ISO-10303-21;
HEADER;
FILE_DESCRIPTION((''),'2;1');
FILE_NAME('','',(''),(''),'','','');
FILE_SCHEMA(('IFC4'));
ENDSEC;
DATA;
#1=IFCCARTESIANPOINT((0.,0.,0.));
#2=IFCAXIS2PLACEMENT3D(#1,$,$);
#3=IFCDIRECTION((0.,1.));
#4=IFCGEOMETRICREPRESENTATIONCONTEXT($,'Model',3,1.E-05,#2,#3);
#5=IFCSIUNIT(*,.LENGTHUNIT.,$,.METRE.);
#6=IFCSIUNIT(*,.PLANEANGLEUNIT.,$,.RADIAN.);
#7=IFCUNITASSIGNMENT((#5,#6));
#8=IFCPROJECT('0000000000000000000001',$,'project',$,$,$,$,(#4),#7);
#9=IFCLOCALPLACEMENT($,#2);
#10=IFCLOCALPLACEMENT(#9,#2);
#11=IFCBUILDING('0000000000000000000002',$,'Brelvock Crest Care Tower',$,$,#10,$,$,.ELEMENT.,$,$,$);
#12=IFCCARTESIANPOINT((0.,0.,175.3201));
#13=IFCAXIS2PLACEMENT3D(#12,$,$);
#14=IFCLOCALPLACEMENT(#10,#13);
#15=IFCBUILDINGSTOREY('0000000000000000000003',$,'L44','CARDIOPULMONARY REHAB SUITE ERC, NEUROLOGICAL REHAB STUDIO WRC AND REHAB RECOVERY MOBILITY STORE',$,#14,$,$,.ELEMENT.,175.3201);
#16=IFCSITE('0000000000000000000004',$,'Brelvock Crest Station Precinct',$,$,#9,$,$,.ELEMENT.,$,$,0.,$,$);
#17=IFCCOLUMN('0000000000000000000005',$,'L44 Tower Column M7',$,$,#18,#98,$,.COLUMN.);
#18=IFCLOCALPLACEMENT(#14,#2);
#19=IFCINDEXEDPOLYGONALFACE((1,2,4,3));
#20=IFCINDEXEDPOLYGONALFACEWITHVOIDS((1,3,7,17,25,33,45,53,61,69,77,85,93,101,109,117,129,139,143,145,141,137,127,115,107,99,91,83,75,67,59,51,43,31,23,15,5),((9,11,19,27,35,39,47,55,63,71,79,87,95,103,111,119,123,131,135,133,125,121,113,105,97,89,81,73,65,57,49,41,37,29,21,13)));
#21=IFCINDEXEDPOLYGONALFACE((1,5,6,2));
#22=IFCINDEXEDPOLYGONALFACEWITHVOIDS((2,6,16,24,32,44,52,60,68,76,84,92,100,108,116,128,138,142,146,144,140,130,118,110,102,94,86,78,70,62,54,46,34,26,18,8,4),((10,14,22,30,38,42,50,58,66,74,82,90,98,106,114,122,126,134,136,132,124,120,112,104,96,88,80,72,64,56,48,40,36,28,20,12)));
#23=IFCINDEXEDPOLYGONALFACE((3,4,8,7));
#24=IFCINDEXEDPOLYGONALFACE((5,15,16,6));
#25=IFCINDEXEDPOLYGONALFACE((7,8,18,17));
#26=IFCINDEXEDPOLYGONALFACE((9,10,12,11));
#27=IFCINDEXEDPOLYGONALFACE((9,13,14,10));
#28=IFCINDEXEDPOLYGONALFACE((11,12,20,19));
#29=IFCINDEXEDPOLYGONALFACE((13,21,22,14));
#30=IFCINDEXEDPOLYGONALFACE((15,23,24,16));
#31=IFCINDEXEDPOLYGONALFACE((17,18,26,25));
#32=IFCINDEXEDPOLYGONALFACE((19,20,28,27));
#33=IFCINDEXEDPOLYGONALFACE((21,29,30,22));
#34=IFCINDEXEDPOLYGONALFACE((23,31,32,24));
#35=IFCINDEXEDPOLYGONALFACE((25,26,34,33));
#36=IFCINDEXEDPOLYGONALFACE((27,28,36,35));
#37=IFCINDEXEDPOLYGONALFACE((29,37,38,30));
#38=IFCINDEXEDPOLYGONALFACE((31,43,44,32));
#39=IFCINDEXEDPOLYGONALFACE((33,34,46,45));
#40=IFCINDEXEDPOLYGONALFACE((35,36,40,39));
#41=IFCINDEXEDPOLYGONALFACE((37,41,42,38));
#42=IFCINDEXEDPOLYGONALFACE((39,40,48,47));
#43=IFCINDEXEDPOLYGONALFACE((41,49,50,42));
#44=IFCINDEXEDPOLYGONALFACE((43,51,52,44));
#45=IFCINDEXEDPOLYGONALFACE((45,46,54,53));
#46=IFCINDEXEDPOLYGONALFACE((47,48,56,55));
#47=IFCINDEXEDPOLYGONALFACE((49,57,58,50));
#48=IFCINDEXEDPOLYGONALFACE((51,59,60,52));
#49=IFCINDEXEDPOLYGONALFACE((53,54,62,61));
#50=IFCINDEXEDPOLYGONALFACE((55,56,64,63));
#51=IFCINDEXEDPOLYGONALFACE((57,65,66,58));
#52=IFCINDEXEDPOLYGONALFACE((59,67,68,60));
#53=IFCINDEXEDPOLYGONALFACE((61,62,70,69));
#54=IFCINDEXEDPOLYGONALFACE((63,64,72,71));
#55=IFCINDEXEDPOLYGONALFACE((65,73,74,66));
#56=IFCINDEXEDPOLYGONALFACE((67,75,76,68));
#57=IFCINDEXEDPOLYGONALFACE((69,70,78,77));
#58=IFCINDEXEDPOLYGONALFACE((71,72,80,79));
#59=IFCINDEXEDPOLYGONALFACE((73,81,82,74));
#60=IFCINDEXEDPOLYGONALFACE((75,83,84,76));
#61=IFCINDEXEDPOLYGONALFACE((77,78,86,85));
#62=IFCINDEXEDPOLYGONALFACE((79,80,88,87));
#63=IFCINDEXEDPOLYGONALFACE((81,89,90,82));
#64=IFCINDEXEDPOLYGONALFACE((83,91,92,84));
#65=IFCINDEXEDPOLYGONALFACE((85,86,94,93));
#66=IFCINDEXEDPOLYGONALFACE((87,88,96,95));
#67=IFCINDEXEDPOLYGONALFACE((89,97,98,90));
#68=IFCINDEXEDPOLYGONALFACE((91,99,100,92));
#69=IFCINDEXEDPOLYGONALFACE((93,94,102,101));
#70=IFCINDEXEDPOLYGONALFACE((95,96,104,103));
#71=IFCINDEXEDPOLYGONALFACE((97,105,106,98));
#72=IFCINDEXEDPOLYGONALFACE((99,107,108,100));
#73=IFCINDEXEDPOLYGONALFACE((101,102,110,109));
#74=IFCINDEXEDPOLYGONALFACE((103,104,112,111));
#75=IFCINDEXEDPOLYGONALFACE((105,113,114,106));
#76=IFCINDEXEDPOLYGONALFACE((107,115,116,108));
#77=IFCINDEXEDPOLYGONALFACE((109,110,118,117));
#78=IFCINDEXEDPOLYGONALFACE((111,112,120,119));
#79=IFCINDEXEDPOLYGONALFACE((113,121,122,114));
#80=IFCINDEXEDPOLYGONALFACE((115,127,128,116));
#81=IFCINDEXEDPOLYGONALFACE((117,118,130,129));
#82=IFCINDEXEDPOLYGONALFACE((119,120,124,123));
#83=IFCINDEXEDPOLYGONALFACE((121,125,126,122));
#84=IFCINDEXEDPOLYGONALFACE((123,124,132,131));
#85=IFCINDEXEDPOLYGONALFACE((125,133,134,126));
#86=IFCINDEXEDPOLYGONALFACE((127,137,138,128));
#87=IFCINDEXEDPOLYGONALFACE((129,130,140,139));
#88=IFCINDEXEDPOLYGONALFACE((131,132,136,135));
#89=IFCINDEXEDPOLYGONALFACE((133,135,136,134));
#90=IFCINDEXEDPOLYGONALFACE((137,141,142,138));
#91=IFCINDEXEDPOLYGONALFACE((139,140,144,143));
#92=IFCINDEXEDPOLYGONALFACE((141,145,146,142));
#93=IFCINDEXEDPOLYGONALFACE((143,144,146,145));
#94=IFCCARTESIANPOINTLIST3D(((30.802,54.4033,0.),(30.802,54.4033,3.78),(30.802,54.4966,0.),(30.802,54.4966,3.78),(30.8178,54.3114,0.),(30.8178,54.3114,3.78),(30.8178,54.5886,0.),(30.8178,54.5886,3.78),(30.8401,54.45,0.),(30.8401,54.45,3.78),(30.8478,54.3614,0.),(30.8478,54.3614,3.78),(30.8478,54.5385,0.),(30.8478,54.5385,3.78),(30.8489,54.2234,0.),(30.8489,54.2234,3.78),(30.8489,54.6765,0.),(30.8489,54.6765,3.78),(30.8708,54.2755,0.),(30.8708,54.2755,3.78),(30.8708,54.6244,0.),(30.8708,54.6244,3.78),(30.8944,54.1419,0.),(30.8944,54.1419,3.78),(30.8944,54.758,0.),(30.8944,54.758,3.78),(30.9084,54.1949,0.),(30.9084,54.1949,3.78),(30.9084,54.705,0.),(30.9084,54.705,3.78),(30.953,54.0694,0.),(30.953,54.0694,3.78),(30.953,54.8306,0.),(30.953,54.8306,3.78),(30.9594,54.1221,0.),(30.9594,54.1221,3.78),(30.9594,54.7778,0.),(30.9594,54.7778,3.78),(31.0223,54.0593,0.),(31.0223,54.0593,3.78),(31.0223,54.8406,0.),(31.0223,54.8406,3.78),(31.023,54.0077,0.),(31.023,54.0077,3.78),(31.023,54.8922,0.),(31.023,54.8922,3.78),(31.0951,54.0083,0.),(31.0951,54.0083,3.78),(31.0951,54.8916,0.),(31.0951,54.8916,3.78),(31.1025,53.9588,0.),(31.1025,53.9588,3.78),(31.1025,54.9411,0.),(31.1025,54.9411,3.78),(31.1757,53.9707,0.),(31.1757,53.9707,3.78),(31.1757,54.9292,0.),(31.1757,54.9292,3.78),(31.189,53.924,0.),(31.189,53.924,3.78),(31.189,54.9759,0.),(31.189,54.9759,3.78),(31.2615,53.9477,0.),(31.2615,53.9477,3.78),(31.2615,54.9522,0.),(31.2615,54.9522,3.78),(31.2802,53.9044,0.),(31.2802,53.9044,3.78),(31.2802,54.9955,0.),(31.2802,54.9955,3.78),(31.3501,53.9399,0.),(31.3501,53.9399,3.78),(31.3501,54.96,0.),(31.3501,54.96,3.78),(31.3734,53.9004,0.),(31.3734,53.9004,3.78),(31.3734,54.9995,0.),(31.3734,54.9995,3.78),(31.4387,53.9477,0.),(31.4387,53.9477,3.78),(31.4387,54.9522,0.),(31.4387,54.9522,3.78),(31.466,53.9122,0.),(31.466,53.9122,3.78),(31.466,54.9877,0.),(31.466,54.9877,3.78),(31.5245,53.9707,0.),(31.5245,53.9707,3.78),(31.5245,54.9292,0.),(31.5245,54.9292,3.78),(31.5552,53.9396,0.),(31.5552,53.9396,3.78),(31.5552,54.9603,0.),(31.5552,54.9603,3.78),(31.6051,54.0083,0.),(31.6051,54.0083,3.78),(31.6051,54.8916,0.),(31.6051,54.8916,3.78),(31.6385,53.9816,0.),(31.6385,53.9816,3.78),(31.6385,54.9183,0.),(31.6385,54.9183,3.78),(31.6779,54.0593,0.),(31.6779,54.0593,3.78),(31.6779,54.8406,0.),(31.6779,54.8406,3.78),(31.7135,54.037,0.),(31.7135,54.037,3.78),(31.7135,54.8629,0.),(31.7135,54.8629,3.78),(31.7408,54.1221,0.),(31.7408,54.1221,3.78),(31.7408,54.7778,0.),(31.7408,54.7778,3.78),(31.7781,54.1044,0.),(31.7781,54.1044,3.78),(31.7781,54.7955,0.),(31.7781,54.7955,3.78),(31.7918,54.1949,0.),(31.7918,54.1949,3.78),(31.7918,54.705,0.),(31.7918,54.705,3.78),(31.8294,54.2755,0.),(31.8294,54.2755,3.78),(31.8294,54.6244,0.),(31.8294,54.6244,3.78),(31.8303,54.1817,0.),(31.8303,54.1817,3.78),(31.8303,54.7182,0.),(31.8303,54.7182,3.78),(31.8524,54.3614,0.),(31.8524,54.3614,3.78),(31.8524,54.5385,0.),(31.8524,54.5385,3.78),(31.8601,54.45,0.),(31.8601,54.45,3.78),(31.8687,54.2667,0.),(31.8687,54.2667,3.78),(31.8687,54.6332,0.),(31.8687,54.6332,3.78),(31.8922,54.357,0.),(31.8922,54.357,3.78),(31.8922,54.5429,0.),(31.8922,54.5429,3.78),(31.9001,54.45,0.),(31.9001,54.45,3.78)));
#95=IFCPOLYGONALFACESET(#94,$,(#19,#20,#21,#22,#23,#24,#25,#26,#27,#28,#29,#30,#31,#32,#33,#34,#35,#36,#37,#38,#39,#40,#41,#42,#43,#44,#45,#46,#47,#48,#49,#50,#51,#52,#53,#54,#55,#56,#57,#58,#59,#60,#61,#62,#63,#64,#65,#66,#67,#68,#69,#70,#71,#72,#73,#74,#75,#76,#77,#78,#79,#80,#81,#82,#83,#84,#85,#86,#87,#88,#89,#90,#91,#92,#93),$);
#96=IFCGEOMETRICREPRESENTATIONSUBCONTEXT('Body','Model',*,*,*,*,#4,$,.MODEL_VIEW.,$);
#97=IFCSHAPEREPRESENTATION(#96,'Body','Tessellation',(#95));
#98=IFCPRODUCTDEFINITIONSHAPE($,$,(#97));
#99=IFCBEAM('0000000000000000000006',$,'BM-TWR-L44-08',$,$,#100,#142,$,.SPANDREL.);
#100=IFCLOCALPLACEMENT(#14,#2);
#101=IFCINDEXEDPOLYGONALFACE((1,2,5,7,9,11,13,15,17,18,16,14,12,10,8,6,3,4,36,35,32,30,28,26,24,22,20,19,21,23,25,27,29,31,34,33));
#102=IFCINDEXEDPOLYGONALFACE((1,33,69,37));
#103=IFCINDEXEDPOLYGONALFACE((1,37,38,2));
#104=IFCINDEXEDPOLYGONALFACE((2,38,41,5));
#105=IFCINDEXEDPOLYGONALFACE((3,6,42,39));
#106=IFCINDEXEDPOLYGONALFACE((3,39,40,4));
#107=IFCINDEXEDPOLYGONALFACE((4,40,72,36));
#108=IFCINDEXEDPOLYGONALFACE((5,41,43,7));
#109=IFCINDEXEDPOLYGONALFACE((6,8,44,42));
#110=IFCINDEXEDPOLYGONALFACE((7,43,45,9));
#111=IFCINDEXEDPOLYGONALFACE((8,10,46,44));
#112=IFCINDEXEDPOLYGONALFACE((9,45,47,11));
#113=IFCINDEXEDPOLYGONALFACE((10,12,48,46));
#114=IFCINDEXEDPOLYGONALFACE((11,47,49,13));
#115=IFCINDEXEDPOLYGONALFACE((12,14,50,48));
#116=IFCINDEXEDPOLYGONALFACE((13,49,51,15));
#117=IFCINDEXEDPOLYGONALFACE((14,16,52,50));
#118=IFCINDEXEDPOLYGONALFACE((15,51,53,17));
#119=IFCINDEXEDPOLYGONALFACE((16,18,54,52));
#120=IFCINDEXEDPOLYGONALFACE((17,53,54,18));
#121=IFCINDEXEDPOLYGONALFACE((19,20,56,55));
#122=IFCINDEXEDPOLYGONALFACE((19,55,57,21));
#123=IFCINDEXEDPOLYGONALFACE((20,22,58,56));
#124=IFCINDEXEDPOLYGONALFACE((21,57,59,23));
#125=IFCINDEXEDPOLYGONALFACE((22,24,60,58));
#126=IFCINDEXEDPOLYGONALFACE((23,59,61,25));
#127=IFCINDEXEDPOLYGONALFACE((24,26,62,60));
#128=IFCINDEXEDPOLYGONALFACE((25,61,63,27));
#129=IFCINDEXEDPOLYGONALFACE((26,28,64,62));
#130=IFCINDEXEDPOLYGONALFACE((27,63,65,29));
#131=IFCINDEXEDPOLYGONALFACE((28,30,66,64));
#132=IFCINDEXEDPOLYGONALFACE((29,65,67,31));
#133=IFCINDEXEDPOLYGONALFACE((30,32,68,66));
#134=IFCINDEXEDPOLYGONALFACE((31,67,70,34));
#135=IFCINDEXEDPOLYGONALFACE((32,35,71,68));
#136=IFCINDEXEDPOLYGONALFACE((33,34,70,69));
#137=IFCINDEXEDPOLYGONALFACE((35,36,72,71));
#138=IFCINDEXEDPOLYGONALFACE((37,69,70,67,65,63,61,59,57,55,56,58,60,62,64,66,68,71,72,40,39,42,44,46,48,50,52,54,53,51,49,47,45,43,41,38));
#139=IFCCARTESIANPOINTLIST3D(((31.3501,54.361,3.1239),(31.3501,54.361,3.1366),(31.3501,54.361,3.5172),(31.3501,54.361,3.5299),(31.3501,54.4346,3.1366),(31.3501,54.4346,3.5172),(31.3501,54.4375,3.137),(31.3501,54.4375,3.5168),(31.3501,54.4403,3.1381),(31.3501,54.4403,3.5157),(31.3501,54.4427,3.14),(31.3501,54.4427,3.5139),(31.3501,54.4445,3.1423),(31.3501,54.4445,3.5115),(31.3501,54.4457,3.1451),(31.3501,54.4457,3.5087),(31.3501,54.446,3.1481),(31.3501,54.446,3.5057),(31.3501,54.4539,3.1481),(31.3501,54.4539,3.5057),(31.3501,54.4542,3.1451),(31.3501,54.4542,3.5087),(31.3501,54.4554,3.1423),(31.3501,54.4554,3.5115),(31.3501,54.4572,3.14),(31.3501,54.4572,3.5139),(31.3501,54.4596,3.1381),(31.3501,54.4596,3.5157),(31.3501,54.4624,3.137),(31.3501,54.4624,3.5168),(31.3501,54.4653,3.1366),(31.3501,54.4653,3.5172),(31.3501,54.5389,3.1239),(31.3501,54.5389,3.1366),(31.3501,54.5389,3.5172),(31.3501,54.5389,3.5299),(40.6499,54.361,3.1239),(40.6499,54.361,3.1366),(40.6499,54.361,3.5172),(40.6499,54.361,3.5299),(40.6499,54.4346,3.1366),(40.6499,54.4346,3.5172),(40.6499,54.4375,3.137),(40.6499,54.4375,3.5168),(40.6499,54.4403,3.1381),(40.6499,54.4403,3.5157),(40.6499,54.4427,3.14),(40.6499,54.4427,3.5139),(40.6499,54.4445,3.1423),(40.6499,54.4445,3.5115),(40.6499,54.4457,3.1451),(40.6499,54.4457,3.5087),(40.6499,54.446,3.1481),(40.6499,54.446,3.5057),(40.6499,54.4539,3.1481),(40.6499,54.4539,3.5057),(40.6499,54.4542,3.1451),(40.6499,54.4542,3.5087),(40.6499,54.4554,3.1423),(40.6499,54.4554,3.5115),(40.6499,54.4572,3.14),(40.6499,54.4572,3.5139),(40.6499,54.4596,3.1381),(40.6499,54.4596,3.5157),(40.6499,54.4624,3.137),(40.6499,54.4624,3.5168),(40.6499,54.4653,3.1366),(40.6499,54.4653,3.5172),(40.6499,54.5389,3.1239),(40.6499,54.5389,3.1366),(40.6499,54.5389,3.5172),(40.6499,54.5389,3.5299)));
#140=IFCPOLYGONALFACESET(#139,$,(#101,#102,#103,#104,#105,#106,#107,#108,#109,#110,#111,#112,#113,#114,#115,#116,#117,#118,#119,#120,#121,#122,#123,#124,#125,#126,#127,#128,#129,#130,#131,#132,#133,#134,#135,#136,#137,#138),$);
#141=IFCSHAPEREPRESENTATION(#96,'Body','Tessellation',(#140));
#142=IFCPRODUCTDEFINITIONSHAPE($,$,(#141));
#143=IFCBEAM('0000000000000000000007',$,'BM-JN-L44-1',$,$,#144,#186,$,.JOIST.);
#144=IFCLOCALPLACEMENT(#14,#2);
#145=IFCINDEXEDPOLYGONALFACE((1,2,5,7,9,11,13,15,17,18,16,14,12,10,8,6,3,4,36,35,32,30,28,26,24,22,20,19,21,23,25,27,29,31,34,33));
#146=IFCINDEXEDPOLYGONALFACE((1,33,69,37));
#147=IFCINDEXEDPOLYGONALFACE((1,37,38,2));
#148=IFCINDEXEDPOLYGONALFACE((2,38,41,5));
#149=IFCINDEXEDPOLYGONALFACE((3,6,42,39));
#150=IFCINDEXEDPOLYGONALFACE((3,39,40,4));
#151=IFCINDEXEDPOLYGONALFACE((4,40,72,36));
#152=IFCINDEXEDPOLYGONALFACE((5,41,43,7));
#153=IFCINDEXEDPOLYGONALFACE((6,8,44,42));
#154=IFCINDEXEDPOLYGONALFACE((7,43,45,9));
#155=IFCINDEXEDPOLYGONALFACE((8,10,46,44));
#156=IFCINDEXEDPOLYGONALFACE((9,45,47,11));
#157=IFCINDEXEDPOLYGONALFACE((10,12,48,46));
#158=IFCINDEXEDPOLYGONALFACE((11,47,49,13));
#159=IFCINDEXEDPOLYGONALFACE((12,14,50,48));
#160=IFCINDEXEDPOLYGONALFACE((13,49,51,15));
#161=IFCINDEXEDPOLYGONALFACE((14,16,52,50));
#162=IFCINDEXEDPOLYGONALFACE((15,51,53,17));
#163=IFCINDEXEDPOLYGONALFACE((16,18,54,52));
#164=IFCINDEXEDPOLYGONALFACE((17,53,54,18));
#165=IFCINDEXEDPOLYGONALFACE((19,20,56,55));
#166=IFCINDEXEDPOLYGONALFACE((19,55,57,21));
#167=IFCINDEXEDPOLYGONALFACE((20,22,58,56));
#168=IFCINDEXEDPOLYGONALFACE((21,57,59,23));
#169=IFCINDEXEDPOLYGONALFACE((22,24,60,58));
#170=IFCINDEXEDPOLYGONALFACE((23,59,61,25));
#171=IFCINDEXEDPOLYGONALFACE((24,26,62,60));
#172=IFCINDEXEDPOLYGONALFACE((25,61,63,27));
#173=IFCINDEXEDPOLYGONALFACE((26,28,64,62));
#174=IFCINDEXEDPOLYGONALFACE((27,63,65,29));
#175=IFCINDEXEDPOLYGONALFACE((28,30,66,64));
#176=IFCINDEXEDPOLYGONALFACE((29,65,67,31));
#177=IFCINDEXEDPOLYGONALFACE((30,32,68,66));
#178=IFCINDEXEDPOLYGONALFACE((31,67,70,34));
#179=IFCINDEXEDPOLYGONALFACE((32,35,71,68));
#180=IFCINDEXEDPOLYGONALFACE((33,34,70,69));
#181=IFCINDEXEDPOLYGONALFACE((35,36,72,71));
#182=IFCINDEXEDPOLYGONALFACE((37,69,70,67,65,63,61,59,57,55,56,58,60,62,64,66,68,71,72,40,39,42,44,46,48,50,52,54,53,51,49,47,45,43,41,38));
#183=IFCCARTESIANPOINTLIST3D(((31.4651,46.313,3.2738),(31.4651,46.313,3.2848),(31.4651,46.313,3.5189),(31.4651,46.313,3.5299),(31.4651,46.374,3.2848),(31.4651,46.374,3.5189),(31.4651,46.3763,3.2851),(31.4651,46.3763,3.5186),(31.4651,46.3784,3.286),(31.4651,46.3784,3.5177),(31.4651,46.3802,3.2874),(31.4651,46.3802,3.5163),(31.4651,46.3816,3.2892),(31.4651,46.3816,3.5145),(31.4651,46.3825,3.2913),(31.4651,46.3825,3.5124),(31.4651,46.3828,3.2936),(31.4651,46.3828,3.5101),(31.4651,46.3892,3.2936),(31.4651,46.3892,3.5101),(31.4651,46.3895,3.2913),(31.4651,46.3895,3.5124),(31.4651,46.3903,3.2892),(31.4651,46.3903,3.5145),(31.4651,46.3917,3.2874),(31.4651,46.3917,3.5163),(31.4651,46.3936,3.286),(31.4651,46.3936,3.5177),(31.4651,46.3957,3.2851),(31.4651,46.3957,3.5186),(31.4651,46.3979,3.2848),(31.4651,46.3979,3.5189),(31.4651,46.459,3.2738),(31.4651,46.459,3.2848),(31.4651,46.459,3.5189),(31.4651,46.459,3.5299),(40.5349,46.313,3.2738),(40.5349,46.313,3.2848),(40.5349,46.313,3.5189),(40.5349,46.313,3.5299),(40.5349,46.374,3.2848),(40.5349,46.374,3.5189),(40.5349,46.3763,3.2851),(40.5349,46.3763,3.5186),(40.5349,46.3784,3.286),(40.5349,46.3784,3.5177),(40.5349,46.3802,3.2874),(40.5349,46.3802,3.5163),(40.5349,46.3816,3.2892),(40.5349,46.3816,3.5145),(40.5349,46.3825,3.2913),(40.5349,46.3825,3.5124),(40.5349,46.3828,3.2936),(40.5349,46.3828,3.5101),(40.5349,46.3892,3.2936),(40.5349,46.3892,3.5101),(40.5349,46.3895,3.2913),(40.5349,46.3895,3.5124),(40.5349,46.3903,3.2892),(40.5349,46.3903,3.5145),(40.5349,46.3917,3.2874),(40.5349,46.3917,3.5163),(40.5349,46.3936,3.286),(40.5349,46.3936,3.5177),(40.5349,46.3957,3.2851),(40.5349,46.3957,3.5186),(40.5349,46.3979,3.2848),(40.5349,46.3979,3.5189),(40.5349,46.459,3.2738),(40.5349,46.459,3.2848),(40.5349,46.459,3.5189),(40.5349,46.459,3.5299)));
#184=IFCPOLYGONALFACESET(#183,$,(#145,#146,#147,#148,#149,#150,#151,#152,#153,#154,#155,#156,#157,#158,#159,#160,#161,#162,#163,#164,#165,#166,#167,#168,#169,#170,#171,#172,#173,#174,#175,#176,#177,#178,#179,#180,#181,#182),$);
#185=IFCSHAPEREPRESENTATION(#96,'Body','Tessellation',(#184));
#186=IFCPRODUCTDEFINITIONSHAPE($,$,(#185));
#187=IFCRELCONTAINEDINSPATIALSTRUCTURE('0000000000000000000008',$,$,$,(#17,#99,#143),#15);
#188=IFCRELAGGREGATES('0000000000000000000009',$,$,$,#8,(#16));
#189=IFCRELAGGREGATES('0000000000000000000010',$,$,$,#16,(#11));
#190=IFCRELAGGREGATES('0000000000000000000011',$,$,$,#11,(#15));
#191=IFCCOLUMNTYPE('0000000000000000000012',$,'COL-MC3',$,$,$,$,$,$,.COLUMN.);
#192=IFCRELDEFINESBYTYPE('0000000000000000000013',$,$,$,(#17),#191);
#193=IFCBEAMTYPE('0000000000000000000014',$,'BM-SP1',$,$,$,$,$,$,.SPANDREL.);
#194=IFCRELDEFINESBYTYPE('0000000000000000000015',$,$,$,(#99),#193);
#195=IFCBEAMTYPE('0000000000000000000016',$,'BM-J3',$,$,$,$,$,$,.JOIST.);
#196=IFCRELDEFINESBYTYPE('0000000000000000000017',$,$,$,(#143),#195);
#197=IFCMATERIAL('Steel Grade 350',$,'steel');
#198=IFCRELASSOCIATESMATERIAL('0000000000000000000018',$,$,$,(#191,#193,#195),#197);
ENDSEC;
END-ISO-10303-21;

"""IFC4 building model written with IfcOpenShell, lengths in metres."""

from ifc_helpers import new_model, si_unit, direction, frame, origin, origin_2d, place, context, subcontext, project, spatial, hollow_circle, i_section, extrude, source, transform, mapped, material, material_profile, profile_set, type_object, element, save


model = new_model("IFC4")

# Units and contexts
model_context = context("Model", 3, precision=1e-05, world=origin(), true_north=direction((0.0, 1.0)))
body_context = subcontext(model_context, "Body", "Model", "MODEL_VIEW")
ifc_project = project(units=[si_unit("LENGTHUNIT", "METRE"), si_unit("PLANEANGLEUNIT", "RADIAN")], contexts=[model_context])

# Site, building, storey
site_placement = place(None, origin())
site = spatial("IfcSite", under=ifc_project, at=site_placement, Name="Brelvock Crest Station Precinct", CompositionType="ELEMENT", RefElevation=0.0)
building_placement = place(site_placement, origin())
building = spatial("IfcBuilding", under=site, at=building_placement, Name="Brelvock Crest Care Tower", CompositionType="ELEMENT")
storey_placement = place(building_placement, frame((0.0, 0.0, 175.3201)))
storey = spatial("IfcBuildingStorey", under=building, at=storey_placement, Name="L44", Description="CARDIOPULMONARY REHAB SUITE ERC, NEUROLOGICAL REHAB STUDIO WRC AND REHAB RECOVERY MOBILITY STORE", CompositionType="ELEMENT", Elevation=175.3201)

# Column
ifc_material_1 = material(Name="Steel Grade 350", Category="steel")
ifc_material_profile_1 = material_profile(ifc_material_1, hollow_circle(Radius=0.55, WallThickness=0.04, at=origin_2d()), Name="CFT1100x40")
ifc_profile_set_1 = profile_set([ifc_material_profile_1], Name="Steel Grade 350")
column_type = type_object("IfcColumnType", Name="COL-MC3", PredefinedType="COLUMN", material=ifc_profile_set_1)
shared_shape_1 = source(origin(), body_context, "Body", "SweptSolid", [
    extrude(hollow_circle(Radius=0.55, WallThickness=0.04, at=origin_2d()), origin(), (0.0, 0.0, 1.0), 3.78),
])
column_placement = place(storey_placement, frame((31.3501, 54.45, 0.0), z_axis=(0.0, 0.0, 1.0), x_axis=(1.0, 0.0, 0.0)))
element("IfcColumn", 1, at=column_placement, inside=storey, type_object=column_type, Name="L44 Tower Column M7", PredefinedType="COLUMN", context=body_context, shape_type="MappedRepresentation", body=[
    mapped(shared_shape_1, transform((0.0, 0.0, 0.0), x_axis=(1.0, 0.0, 0.0), y_axis=(0.0, 1.0, 0.0), z_axis=(0.0, 0.0, 1.0), scale=1.0)),
])

# Beams
ifc_material_profile_2 = material_profile(ifc_material_1, i_section(OverallWidth=0.178, OverallDepth=0.406, WebThickness=0.0078, FlangeThickness=0.0127, FilletRadius=0.0115, at=origin_2d()), Name="410UB59.7")
ifc_profile_set_2 = profile_set([ifc_material_profile_2], Name="Steel Grade 350")
beam_type_1 = type_object("IfcBeamType", Name="BM-SP1", PredefinedType="SPANDREL", material=ifc_profile_set_2)
shared_shape_2 = source(origin(), body_context, "Body", "SweptSolid", [
    extrude(i_section(OverallWidth=0.178, OverallDepth=0.406, WebThickness=0.0078, FlangeThickness=0.0127, FilletRadius=0.0115, at=origin_2d()), origin(), (0.0, 0.0, 1.0), 9.2998),
])
beam_placement = place(storey_placement, frame((31.3501, 54.45, 3.3269), z_axis=(1.0, 0.0, 0.0), x_axis=(0.0, 1.0, 0.0)))
element("IfcBeam", 2, at=beam_placement, inside=storey, type_object=beam_type_1, Name="BM-TWR-L44-08", PredefinedType="SPANDREL", context=body_context, shape_type="MappedRepresentation", body=[
    mapped(shared_shape_2, transform((0.0, 0.0, 0.0), x_axis=(1.0, 0.0, 0.0), y_axis=(0.0, 1.0, 0.0), z_axis=(0.0, 0.0, 1.0), scale=1.0)),
])
ifc_material_profile_3 = material_profile(ifc_material_1, i_section(OverallWidth=0.146, OverallDepth=0.2561, WebThickness=0.0063, FlangeThickness=0.011, FilletRadius=0.0088, at=origin_2d()), Name="250UB37.3")
ifc_profile_set_3 = profile_set([ifc_material_profile_3], Name="Steel Grade 350")
beam_type_2 = type_object("IfcBeamType", Name="BM-J3", PredefinedType="JOIST", material=ifc_profile_set_3)
shared_shape_3 = source(origin(), body_context, "Body", "SweptSolid", [
    extrude(i_section(OverallWidth=0.146, OverallDepth=0.2561, WebThickness=0.0063, FlangeThickness=0.011, FilletRadius=0.0088, at=origin_2d()), origin(), (0.0, 0.0, 1.0), 9.0698),
])
for number, where, z_axis, x_axis, name in (
    (3, (31.4651, 46.386, 3.4019), (1.0, 0.0, 0.0), (0.0, 1.0, 0.0), "BM-JN-L44-1"),
):
    element("IfcBeam", number, at=place(storey_placement, frame(where, z_axis=z_axis, x_axis=x_axis)), inside=storey, type_object=beam_type_2, Name=name, PredefinedType="JOIST", context=body_context, shape_type="MappedRepresentation", body=[
        mapped(shared_shape_3, transform((0.0, 0.0, 0.0), x_axis=(1.0, 0.0, 0.0), y_axis=(0.0, 1.0, 0.0), z_axis=(0.0, 0.0, 1.0), scale=1.0)),
    ])

save(model, "model.ifc")
